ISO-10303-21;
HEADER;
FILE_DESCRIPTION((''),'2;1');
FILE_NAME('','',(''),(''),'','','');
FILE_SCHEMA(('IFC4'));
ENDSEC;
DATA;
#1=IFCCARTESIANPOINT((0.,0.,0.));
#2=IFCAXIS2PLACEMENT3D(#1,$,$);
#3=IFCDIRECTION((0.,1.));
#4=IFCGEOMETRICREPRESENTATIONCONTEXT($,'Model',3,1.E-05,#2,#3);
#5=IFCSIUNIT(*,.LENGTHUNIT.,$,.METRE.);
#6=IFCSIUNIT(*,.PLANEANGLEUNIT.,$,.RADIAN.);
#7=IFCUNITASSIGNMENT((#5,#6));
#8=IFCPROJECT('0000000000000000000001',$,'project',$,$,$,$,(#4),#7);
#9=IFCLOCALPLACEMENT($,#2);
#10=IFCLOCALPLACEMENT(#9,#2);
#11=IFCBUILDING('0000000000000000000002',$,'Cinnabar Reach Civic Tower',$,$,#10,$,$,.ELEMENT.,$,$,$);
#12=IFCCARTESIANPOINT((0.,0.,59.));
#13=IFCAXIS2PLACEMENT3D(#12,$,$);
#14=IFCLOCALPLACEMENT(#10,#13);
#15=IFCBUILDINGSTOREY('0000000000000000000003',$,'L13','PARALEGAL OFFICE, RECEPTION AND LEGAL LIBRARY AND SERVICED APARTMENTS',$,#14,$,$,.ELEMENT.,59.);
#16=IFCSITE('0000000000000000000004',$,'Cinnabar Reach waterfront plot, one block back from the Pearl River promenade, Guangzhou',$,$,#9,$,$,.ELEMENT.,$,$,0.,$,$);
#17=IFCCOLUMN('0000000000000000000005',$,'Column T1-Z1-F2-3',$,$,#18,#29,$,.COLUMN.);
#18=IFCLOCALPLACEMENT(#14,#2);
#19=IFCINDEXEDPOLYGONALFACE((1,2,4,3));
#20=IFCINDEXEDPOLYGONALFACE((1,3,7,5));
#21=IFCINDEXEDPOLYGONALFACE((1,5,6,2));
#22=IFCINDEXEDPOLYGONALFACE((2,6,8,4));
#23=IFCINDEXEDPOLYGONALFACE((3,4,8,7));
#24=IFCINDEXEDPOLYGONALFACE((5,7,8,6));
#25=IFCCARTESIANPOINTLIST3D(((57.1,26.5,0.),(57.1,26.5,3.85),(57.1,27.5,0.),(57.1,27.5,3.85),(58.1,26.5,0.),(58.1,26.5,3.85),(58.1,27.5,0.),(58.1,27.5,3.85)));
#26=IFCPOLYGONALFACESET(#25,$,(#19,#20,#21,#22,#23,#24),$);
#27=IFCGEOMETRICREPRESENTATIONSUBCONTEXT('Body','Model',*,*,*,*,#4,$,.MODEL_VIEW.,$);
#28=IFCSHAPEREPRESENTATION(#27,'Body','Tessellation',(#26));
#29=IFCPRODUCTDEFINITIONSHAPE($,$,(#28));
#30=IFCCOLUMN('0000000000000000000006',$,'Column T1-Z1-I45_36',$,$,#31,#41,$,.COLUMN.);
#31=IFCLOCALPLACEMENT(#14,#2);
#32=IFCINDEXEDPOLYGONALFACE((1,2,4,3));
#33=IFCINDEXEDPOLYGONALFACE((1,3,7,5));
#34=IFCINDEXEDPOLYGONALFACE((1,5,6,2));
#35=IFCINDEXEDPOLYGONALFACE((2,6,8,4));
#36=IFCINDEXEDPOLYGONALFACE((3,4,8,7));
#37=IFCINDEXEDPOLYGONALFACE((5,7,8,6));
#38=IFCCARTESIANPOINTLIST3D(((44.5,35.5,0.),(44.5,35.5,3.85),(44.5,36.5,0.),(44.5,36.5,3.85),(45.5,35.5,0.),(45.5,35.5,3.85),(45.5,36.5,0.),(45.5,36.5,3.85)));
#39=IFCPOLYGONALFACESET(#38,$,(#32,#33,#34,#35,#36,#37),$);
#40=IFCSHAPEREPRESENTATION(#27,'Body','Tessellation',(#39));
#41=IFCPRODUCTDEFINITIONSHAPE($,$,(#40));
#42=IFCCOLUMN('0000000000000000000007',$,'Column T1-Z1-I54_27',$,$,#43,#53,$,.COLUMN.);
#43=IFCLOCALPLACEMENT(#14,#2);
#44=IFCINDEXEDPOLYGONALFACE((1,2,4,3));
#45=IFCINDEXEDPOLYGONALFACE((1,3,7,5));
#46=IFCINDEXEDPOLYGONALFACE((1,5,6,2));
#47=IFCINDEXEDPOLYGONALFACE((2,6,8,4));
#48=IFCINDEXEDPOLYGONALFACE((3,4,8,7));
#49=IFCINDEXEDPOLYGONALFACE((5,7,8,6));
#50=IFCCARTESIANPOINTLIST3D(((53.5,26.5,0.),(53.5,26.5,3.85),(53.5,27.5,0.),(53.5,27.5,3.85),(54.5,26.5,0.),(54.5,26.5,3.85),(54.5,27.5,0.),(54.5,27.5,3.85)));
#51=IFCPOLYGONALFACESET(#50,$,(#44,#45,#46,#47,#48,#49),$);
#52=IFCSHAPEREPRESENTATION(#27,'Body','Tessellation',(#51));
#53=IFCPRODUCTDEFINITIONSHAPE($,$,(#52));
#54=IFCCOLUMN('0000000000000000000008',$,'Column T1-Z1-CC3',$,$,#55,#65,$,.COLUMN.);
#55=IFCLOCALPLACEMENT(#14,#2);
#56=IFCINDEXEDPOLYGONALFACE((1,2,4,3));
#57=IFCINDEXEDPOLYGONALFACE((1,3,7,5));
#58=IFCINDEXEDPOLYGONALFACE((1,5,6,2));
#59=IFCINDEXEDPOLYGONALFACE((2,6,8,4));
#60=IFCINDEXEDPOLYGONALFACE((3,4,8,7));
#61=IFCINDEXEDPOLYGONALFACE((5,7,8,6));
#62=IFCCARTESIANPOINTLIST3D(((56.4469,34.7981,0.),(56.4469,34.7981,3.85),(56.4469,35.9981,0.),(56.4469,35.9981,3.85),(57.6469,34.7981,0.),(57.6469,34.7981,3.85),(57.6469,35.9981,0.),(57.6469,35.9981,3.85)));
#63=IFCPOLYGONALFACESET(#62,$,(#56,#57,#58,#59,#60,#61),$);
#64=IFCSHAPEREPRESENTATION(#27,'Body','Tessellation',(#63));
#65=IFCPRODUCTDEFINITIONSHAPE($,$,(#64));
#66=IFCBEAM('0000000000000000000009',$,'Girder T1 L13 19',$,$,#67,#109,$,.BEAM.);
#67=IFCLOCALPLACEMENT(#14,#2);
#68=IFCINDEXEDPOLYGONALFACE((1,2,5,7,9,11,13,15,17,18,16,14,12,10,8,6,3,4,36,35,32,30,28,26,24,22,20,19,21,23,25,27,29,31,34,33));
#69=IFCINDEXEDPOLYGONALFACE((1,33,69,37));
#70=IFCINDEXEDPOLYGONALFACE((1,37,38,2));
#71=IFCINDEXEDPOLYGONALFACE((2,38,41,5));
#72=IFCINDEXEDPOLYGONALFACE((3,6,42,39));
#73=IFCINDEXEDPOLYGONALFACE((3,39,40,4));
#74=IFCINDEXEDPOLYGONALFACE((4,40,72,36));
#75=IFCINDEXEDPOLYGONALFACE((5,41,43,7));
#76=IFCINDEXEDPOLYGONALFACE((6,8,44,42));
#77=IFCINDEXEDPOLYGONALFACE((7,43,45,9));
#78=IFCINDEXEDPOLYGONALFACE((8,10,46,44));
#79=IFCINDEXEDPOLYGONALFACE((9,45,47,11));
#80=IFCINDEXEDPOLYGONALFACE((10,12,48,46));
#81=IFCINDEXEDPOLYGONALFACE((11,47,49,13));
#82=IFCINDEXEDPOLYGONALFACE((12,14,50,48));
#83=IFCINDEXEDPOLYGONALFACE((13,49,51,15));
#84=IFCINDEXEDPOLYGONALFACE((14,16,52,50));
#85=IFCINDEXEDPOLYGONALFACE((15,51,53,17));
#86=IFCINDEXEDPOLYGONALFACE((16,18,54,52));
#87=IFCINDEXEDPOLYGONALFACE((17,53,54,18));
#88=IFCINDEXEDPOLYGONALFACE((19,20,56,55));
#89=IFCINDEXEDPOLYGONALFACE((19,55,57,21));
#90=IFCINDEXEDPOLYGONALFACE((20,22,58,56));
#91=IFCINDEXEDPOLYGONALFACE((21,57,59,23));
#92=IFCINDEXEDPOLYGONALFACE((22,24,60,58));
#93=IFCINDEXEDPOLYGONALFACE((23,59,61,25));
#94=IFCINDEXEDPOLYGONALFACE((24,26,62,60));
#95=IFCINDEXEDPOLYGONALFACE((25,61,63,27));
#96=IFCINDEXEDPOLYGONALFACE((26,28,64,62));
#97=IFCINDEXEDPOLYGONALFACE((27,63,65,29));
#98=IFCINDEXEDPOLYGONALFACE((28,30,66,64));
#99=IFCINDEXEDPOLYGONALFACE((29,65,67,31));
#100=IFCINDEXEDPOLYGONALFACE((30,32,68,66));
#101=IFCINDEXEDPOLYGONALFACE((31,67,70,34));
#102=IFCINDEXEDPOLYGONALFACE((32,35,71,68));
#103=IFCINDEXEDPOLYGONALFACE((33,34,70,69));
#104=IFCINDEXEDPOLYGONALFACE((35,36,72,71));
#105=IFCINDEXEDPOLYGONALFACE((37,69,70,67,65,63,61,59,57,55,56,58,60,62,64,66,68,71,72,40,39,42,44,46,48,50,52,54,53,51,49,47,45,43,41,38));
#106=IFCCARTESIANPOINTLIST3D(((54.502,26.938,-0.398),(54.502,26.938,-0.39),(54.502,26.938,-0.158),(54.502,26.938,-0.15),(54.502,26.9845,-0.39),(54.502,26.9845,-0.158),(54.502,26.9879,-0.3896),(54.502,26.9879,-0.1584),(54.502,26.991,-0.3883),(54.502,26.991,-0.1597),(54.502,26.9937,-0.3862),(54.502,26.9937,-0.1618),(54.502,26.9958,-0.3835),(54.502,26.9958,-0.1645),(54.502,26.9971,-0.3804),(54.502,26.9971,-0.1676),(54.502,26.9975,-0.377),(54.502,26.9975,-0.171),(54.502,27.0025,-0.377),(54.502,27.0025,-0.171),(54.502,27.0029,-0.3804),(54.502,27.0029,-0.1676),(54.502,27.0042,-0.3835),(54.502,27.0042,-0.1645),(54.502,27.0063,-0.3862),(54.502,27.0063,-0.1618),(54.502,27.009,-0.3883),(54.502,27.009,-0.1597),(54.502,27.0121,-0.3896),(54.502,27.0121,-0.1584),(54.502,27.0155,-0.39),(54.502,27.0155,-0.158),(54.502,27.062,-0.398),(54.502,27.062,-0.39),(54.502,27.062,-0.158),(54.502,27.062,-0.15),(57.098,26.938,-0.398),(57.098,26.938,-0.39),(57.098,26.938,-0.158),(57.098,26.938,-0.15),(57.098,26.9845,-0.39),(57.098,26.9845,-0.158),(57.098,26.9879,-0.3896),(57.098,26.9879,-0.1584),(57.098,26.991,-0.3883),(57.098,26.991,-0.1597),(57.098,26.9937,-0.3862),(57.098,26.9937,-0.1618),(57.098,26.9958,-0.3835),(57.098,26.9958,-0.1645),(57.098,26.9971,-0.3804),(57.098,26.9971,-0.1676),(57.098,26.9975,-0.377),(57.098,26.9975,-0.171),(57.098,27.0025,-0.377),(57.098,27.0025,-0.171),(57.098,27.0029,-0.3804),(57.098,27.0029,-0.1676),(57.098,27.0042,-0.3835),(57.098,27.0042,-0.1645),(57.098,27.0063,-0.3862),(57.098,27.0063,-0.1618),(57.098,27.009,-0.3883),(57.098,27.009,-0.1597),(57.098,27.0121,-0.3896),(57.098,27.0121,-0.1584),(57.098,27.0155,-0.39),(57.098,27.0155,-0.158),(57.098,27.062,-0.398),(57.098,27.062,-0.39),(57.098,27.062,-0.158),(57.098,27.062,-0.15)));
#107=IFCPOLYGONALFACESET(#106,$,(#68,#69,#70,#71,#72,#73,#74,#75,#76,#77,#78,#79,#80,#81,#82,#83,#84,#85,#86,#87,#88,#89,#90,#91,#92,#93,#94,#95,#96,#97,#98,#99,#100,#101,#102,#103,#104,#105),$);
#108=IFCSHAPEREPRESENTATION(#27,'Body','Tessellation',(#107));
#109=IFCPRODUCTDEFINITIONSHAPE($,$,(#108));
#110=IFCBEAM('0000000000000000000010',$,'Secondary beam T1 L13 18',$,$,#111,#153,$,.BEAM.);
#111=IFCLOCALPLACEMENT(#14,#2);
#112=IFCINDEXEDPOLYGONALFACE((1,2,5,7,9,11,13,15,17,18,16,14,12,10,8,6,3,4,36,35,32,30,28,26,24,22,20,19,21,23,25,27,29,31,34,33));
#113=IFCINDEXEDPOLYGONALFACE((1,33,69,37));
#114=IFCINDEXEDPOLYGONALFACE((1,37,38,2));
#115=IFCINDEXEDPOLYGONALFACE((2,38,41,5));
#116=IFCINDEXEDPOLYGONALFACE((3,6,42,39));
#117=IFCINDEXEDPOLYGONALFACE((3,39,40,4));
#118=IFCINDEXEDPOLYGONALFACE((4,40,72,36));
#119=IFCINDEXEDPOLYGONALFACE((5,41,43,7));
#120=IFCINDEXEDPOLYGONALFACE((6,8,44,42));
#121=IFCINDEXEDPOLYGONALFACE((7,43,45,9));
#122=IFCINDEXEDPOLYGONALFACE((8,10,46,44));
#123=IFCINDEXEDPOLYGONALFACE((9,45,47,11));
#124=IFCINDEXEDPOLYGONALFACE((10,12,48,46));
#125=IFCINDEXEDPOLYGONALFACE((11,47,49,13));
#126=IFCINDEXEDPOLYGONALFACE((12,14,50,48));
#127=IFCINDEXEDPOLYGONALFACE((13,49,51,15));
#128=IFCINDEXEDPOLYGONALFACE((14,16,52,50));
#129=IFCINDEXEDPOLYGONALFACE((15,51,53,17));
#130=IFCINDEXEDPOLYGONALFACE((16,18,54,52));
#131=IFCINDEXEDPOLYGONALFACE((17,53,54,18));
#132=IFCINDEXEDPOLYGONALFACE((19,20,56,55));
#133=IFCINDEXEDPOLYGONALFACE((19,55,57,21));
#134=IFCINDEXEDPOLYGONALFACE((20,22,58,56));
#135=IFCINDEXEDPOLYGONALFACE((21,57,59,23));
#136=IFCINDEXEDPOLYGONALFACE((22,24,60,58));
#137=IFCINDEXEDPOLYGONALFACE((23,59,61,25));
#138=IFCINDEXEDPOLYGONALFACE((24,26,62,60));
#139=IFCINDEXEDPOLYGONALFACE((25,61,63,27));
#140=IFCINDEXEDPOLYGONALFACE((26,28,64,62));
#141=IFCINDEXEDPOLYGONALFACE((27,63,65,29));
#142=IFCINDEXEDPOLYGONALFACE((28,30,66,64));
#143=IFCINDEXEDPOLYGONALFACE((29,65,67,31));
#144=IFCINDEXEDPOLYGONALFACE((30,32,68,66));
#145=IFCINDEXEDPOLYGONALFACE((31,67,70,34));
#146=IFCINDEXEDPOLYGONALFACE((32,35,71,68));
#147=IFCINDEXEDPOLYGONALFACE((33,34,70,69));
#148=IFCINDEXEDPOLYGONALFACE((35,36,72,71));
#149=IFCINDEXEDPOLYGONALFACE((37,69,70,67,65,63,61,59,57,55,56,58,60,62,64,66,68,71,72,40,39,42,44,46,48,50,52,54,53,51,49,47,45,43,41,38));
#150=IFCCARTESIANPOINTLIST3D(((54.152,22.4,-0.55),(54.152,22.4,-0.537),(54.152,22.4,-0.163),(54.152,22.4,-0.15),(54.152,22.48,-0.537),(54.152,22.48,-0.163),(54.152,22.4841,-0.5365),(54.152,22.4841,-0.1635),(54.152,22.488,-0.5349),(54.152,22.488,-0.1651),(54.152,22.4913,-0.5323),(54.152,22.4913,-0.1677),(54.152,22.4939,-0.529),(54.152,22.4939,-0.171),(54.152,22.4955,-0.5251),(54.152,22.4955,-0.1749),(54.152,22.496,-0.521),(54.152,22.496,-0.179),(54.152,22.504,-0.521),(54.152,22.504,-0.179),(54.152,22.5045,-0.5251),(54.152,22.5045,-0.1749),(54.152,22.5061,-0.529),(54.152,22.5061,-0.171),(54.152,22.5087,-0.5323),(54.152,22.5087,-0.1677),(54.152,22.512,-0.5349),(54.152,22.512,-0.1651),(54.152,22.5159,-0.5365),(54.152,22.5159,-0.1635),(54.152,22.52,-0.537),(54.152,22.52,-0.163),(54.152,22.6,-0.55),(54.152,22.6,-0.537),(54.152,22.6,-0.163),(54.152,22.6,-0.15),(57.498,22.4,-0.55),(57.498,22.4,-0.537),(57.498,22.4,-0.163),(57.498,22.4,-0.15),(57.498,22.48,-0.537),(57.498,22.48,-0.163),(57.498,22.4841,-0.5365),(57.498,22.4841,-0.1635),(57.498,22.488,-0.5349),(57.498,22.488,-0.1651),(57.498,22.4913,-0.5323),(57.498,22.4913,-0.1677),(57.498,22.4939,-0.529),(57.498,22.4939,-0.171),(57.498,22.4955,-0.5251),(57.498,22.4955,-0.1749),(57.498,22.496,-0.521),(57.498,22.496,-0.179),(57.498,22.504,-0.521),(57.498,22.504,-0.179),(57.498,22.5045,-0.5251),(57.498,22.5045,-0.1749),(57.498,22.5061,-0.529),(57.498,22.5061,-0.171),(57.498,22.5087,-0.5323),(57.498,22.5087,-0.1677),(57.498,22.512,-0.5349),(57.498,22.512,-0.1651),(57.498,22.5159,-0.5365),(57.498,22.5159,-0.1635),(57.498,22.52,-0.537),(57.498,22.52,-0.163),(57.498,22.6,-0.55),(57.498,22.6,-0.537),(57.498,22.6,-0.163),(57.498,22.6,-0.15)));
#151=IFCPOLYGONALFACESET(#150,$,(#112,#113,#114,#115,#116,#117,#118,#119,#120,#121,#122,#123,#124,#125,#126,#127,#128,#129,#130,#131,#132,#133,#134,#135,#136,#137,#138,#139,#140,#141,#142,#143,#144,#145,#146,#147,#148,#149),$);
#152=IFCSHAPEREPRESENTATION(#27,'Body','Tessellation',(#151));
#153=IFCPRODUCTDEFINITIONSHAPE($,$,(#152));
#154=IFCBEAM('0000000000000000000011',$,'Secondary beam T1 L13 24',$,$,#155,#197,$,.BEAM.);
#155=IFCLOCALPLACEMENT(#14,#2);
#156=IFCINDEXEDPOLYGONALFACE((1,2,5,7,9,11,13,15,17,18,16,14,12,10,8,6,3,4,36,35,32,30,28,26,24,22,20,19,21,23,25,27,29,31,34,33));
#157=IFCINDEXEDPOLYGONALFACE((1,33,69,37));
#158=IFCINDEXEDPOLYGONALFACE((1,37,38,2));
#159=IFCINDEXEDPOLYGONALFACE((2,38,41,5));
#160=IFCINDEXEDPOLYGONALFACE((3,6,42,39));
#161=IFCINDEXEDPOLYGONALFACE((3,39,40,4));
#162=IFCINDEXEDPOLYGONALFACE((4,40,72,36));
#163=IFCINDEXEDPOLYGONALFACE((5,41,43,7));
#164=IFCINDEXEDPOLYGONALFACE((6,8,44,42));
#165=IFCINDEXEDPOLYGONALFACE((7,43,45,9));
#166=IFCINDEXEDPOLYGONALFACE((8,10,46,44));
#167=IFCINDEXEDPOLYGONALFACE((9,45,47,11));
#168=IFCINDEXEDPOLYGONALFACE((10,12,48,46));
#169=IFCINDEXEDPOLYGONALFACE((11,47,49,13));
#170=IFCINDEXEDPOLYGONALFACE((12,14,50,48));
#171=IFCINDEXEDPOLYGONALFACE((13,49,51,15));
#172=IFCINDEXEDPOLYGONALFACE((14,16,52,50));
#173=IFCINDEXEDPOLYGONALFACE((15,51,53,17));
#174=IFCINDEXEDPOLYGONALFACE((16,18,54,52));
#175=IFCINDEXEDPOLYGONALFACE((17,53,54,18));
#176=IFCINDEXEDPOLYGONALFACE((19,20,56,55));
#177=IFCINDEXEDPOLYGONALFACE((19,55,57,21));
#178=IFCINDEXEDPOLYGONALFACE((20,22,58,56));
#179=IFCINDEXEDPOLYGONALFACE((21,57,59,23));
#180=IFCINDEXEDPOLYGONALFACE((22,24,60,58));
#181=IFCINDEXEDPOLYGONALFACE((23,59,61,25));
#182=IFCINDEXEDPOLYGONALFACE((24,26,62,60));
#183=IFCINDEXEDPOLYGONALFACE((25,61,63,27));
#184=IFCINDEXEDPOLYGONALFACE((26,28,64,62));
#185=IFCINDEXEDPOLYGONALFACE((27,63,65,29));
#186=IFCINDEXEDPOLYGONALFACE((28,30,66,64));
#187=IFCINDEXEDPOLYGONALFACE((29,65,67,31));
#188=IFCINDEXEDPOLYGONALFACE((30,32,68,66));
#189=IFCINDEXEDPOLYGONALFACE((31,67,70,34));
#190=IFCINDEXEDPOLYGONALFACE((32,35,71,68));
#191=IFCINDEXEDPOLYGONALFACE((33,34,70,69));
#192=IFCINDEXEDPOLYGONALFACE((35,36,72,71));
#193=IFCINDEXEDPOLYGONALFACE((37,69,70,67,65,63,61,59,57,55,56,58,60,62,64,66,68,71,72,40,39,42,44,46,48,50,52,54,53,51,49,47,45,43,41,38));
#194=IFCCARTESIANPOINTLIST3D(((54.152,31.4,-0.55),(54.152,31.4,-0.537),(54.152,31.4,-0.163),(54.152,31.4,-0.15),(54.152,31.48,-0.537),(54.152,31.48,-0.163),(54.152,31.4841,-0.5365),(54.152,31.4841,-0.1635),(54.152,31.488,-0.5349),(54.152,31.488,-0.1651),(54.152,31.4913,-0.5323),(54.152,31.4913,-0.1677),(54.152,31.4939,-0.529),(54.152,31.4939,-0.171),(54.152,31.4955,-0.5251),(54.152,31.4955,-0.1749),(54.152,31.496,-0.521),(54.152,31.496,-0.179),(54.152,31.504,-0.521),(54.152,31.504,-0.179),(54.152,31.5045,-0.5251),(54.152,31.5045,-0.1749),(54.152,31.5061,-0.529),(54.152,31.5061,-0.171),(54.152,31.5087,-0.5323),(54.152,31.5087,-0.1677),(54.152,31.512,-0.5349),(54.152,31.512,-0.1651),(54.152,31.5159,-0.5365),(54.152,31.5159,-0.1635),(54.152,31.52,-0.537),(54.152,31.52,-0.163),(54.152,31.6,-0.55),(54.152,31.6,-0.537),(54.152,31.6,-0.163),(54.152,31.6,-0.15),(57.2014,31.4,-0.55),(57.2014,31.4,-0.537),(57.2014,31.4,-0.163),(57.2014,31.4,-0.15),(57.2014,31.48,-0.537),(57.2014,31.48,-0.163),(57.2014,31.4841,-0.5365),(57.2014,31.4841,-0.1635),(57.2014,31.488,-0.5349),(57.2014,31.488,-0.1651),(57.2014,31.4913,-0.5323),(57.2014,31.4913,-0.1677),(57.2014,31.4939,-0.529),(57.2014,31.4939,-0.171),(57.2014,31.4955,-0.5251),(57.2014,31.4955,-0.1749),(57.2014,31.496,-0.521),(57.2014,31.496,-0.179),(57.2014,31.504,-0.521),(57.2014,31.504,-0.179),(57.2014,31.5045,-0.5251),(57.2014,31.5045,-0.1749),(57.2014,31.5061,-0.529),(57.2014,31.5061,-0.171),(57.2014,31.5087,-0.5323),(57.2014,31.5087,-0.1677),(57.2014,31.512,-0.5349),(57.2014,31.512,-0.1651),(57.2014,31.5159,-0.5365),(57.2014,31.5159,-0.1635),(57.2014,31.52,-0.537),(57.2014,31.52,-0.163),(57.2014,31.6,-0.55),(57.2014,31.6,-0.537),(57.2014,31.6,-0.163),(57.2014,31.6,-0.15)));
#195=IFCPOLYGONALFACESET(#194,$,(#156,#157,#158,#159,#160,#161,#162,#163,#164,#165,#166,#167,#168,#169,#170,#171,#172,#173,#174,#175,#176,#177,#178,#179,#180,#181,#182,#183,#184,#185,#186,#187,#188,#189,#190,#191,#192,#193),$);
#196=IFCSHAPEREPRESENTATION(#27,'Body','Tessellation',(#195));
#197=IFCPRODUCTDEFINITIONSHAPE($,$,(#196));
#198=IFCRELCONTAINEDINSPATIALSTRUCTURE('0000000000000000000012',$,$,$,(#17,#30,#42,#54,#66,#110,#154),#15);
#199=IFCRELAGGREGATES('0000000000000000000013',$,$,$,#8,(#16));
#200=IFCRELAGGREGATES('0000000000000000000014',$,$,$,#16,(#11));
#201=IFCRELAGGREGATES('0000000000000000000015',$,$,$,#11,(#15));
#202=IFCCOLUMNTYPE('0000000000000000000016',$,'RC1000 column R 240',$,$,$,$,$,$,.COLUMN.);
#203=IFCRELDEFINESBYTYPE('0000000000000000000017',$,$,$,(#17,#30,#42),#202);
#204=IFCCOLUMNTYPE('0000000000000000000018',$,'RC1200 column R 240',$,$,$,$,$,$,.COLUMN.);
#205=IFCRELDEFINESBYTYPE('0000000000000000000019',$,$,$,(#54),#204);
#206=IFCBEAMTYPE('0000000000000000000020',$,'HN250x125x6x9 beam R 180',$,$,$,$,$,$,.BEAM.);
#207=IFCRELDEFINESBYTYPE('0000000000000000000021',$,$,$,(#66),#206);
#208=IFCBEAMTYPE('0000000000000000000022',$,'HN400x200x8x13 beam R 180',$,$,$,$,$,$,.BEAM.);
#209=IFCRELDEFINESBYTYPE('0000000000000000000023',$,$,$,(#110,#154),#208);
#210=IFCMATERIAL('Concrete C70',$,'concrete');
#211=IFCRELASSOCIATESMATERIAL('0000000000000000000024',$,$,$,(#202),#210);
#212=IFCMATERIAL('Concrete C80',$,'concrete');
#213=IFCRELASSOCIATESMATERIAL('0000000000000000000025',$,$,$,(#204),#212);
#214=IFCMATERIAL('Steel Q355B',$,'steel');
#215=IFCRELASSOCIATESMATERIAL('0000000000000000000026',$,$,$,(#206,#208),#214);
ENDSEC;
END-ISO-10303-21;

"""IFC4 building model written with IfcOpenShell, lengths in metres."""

from ifc_helpers import new_model, si_unit, direction, frame, origin, origin_2d, place, context, subcontext, project, spatial, rectangle, i_section, extrude, material, material_profile, profile_set, type_object, element, save


model = new_model("IFC4")

# Units and contexts
model_context = context("Model", 3, precision=1e-05, world=origin(), true_north=direction((0.0, 1.0)))
body_context = subcontext(model_context, "Body", "Model", "MODEL_VIEW")
ifc_project = project(units=[si_unit("LENGTHUNIT", "METRE"), si_unit("PLANEANGLEUNIT", "RADIAN")], contexts=[model_context])

# Site, building, storey
site_placement = place(None, origin())
site = spatial("IfcSite", under=ifc_project, at=site_placement, Name="Cinnabar Reach waterfront plot, one block back from the Pearl River promenade, Guangzhou", CompositionType="ELEMENT", RefElevation=0.0)
building_placement = place(site_placement, origin())
building = spatial("IfcBuilding", under=site, at=building_placement, Name="Cinnabar Reach Civic Tower", CompositionType="ELEMENT")
storey_placement = place(building_placement, frame((0.0, 0.0, 59.0)))
storey = spatial("IfcBuildingStorey", under=building, at=storey_placement, Name="L13", Description="PARALEGAL OFFICE, RECEPTION AND LEGAL LIBRARY AND SERVICED APARTMENTS", CompositionType="ELEMENT", Elevation=59.0)

# Columns
ifc_material_1 = material(Name="Concrete C70", Category="concrete")
ifc_material_profile_1 = material_profile(ifc_material_1, rectangle(XDim=1.0, YDim=1.0, at=origin_2d()), Name="RC1000")
ifc_profile_set_1 = profile_set([ifc_material_profile_1], Name="Concrete C70")
column_type_1 = type_object("IfcColumnType", Name="RC1000 column R 240", PredefinedType="COLUMN", material=ifc_profile_set_1)
for number, where, z_axis, x_axis, name in (
    (1, (57.6, 27.0, 0.0), (0.0, 0.0, 1.0), (1.0, 0.0, 0.0), "Column T1-Z1-F2-3"),
    (2, (45.0, 36.0, 0.0), (0.0, 0.0, 1.0), (1.0, 0.0, 0.0), "Column T1-Z1-I45_36"),
    (3, (54.0, 27.0, 0.0), (0.0, 0.0, 1.0), (1.0, 0.0, 0.0), "Column T1-Z1-I54_27"),
):
    element("IfcColumn", number, at=place(storey_placement, frame(where, z_axis=z_axis, x_axis=x_axis)), inside=storey, type_object=column_type_1, Name=name, PredefinedType="COLUMN", context=body_context, shape_type="SweptSolid", body=[
        extrude(rectangle(XDim=1.0, YDim=1.0, at=origin_2d()), origin(), (0.0, 0.0, 1.0), 3.85),
    ])
ifc_material_2 = material(Name="Concrete C80", Category="concrete")
ifc_material_profile_2 = material_profile(ifc_material_2, rectangle(XDim=1.2, YDim=1.2, at=origin_2d()), Name="RC1200")
ifc_profile_set_2 = profile_set([ifc_material_profile_2], Name="Concrete C80")
column_type_2 = type_object("IfcColumnType", Name="RC1200 column R 240", PredefinedType="COLUMN", material=ifc_profile_set_2)
column_placement = place(storey_placement, frame((57.0469, 35.3981, 0.0), z_axis=(0.0, 0.0, 1.0), x_axis=(1.0, 0.0, 0.0)))
element("IfcColumn", 4, at=column_placement, inside=storey, type_object=column_type_2, Name="Column T1-Z1-CC3", PredefinedType="COLUMN", context=body_context, shape_type="SweptSolid", body=[
    extrude(rectangle(XDim=1.2, YDim=1.2, at=origin_2d()), origin(), (0.0, 0.0, 1.0), 3.85),
])

# Beams
ifc_material_3 = material(Name="Steel Q355B", Category="steel")
ifc_material_profile_3 = material_profile(ifc_material_3, i_section(OverallWidth=0.124, OverallDepth=0.248, WebThickness=0.005, FlangeThickness=0.008, FilletRadius=0.013, at=origin_2d()), Name="HN250x125x6x9")
ifc_profile_set_3 = profile_set([ifc_material_profile_3], Name="Steel Q355B")
beam_type_1 = type_object("IfcBeamType", Name="HN250x125x6x9 beam R 180", PredefinedType="BEAM", material=ifc_profile_set_3)
beam_1_placement = place(storey_placement, frame((54.502, 27.0, -0.274), z_axis=(1.0, 0.0, 0.0), x_axis=(0.0, 1.0, 0.0)))
element("IfcBeam", 5, at=beam_1_placement, inside=storey, type_object=beam_type_1, Name="Girder T1 L13 19", PredefinedType="BEAM", context=body_context, shape_type="SweptSolid", body=[
    extrude(i_section(OverallWidth=0.124, OverallDepth=0.248, WebThickness=0.005, FlangeThickness=0.008, FilletRadius=0.013, at=origin_2d()), origin(), (0.0, 0.0, 1.0), 2.596),
])
ifc_material_profile_4 = material_profile(ifc_material_3, i_section(OverallWidth=0.2, OverallDepth=0.4, WebThickness=0.008, FlangeThickness=0.013, FilletRadius=0.016, at=origin_2d()), Name="HN400x200x8x13")
ifc_profile_set_4 = profile_set([ifc_material_profile_4], Name="Steel Q355B")
beam_type_2 = type_object("IfcBeamType", Name="HN400x200x8x13 beam R 180", PredefinedType="BEAM", material=ifc_profile_set_4)
beam_2_placement = place(storey_placement, frame((54.152, 22.5, -0.35), z_axis=(1.0, 0.0, 0.0), x_axis=(0.0, 1.0, 0.0)))
element("IfcBeam", 6, at=beam_2_placement, inside=storey, type_object=beam_type_2, Name="Secondary beam T1 L13 18", PredefinedType="BEAM", context=body_context, shape_type="SweptSolid", body=[
    extrude(i_section(OverallWidth=0.2, OverallDepth=0.4, WebThickness=0.008, FlangeThickness=0.013, FilletRadius=0.016, at=origin_2d()), origin(), (0.0, 0.0, 1.0), 3.346),
])
beam_3_placement = place(storey_placement, frame((54.152, 31.5, -0.35), z_axis=(1.0, 0.0, 0.0), x_axis=(0.0, 1.0, 0.0)))
element("IfcBeam", 7, at=beam_3_placement, inside=storey, type_object=beam_type_2, Name="Secondary beam T1 L13 24", PredefinedType="BEAM", context=body_context, shape_type="SweptSolid", body=[
    extrude(i_section(OverallWidth=0.2, OverallDepth=0.4, WebThickness=0.008, FlangeThickness=0.013, FilletRadius=0.016, at=origin_2d()), origin(), (0.0, 0.0, 1.0), 3.0494),
])

save(model, "model.ifc")
